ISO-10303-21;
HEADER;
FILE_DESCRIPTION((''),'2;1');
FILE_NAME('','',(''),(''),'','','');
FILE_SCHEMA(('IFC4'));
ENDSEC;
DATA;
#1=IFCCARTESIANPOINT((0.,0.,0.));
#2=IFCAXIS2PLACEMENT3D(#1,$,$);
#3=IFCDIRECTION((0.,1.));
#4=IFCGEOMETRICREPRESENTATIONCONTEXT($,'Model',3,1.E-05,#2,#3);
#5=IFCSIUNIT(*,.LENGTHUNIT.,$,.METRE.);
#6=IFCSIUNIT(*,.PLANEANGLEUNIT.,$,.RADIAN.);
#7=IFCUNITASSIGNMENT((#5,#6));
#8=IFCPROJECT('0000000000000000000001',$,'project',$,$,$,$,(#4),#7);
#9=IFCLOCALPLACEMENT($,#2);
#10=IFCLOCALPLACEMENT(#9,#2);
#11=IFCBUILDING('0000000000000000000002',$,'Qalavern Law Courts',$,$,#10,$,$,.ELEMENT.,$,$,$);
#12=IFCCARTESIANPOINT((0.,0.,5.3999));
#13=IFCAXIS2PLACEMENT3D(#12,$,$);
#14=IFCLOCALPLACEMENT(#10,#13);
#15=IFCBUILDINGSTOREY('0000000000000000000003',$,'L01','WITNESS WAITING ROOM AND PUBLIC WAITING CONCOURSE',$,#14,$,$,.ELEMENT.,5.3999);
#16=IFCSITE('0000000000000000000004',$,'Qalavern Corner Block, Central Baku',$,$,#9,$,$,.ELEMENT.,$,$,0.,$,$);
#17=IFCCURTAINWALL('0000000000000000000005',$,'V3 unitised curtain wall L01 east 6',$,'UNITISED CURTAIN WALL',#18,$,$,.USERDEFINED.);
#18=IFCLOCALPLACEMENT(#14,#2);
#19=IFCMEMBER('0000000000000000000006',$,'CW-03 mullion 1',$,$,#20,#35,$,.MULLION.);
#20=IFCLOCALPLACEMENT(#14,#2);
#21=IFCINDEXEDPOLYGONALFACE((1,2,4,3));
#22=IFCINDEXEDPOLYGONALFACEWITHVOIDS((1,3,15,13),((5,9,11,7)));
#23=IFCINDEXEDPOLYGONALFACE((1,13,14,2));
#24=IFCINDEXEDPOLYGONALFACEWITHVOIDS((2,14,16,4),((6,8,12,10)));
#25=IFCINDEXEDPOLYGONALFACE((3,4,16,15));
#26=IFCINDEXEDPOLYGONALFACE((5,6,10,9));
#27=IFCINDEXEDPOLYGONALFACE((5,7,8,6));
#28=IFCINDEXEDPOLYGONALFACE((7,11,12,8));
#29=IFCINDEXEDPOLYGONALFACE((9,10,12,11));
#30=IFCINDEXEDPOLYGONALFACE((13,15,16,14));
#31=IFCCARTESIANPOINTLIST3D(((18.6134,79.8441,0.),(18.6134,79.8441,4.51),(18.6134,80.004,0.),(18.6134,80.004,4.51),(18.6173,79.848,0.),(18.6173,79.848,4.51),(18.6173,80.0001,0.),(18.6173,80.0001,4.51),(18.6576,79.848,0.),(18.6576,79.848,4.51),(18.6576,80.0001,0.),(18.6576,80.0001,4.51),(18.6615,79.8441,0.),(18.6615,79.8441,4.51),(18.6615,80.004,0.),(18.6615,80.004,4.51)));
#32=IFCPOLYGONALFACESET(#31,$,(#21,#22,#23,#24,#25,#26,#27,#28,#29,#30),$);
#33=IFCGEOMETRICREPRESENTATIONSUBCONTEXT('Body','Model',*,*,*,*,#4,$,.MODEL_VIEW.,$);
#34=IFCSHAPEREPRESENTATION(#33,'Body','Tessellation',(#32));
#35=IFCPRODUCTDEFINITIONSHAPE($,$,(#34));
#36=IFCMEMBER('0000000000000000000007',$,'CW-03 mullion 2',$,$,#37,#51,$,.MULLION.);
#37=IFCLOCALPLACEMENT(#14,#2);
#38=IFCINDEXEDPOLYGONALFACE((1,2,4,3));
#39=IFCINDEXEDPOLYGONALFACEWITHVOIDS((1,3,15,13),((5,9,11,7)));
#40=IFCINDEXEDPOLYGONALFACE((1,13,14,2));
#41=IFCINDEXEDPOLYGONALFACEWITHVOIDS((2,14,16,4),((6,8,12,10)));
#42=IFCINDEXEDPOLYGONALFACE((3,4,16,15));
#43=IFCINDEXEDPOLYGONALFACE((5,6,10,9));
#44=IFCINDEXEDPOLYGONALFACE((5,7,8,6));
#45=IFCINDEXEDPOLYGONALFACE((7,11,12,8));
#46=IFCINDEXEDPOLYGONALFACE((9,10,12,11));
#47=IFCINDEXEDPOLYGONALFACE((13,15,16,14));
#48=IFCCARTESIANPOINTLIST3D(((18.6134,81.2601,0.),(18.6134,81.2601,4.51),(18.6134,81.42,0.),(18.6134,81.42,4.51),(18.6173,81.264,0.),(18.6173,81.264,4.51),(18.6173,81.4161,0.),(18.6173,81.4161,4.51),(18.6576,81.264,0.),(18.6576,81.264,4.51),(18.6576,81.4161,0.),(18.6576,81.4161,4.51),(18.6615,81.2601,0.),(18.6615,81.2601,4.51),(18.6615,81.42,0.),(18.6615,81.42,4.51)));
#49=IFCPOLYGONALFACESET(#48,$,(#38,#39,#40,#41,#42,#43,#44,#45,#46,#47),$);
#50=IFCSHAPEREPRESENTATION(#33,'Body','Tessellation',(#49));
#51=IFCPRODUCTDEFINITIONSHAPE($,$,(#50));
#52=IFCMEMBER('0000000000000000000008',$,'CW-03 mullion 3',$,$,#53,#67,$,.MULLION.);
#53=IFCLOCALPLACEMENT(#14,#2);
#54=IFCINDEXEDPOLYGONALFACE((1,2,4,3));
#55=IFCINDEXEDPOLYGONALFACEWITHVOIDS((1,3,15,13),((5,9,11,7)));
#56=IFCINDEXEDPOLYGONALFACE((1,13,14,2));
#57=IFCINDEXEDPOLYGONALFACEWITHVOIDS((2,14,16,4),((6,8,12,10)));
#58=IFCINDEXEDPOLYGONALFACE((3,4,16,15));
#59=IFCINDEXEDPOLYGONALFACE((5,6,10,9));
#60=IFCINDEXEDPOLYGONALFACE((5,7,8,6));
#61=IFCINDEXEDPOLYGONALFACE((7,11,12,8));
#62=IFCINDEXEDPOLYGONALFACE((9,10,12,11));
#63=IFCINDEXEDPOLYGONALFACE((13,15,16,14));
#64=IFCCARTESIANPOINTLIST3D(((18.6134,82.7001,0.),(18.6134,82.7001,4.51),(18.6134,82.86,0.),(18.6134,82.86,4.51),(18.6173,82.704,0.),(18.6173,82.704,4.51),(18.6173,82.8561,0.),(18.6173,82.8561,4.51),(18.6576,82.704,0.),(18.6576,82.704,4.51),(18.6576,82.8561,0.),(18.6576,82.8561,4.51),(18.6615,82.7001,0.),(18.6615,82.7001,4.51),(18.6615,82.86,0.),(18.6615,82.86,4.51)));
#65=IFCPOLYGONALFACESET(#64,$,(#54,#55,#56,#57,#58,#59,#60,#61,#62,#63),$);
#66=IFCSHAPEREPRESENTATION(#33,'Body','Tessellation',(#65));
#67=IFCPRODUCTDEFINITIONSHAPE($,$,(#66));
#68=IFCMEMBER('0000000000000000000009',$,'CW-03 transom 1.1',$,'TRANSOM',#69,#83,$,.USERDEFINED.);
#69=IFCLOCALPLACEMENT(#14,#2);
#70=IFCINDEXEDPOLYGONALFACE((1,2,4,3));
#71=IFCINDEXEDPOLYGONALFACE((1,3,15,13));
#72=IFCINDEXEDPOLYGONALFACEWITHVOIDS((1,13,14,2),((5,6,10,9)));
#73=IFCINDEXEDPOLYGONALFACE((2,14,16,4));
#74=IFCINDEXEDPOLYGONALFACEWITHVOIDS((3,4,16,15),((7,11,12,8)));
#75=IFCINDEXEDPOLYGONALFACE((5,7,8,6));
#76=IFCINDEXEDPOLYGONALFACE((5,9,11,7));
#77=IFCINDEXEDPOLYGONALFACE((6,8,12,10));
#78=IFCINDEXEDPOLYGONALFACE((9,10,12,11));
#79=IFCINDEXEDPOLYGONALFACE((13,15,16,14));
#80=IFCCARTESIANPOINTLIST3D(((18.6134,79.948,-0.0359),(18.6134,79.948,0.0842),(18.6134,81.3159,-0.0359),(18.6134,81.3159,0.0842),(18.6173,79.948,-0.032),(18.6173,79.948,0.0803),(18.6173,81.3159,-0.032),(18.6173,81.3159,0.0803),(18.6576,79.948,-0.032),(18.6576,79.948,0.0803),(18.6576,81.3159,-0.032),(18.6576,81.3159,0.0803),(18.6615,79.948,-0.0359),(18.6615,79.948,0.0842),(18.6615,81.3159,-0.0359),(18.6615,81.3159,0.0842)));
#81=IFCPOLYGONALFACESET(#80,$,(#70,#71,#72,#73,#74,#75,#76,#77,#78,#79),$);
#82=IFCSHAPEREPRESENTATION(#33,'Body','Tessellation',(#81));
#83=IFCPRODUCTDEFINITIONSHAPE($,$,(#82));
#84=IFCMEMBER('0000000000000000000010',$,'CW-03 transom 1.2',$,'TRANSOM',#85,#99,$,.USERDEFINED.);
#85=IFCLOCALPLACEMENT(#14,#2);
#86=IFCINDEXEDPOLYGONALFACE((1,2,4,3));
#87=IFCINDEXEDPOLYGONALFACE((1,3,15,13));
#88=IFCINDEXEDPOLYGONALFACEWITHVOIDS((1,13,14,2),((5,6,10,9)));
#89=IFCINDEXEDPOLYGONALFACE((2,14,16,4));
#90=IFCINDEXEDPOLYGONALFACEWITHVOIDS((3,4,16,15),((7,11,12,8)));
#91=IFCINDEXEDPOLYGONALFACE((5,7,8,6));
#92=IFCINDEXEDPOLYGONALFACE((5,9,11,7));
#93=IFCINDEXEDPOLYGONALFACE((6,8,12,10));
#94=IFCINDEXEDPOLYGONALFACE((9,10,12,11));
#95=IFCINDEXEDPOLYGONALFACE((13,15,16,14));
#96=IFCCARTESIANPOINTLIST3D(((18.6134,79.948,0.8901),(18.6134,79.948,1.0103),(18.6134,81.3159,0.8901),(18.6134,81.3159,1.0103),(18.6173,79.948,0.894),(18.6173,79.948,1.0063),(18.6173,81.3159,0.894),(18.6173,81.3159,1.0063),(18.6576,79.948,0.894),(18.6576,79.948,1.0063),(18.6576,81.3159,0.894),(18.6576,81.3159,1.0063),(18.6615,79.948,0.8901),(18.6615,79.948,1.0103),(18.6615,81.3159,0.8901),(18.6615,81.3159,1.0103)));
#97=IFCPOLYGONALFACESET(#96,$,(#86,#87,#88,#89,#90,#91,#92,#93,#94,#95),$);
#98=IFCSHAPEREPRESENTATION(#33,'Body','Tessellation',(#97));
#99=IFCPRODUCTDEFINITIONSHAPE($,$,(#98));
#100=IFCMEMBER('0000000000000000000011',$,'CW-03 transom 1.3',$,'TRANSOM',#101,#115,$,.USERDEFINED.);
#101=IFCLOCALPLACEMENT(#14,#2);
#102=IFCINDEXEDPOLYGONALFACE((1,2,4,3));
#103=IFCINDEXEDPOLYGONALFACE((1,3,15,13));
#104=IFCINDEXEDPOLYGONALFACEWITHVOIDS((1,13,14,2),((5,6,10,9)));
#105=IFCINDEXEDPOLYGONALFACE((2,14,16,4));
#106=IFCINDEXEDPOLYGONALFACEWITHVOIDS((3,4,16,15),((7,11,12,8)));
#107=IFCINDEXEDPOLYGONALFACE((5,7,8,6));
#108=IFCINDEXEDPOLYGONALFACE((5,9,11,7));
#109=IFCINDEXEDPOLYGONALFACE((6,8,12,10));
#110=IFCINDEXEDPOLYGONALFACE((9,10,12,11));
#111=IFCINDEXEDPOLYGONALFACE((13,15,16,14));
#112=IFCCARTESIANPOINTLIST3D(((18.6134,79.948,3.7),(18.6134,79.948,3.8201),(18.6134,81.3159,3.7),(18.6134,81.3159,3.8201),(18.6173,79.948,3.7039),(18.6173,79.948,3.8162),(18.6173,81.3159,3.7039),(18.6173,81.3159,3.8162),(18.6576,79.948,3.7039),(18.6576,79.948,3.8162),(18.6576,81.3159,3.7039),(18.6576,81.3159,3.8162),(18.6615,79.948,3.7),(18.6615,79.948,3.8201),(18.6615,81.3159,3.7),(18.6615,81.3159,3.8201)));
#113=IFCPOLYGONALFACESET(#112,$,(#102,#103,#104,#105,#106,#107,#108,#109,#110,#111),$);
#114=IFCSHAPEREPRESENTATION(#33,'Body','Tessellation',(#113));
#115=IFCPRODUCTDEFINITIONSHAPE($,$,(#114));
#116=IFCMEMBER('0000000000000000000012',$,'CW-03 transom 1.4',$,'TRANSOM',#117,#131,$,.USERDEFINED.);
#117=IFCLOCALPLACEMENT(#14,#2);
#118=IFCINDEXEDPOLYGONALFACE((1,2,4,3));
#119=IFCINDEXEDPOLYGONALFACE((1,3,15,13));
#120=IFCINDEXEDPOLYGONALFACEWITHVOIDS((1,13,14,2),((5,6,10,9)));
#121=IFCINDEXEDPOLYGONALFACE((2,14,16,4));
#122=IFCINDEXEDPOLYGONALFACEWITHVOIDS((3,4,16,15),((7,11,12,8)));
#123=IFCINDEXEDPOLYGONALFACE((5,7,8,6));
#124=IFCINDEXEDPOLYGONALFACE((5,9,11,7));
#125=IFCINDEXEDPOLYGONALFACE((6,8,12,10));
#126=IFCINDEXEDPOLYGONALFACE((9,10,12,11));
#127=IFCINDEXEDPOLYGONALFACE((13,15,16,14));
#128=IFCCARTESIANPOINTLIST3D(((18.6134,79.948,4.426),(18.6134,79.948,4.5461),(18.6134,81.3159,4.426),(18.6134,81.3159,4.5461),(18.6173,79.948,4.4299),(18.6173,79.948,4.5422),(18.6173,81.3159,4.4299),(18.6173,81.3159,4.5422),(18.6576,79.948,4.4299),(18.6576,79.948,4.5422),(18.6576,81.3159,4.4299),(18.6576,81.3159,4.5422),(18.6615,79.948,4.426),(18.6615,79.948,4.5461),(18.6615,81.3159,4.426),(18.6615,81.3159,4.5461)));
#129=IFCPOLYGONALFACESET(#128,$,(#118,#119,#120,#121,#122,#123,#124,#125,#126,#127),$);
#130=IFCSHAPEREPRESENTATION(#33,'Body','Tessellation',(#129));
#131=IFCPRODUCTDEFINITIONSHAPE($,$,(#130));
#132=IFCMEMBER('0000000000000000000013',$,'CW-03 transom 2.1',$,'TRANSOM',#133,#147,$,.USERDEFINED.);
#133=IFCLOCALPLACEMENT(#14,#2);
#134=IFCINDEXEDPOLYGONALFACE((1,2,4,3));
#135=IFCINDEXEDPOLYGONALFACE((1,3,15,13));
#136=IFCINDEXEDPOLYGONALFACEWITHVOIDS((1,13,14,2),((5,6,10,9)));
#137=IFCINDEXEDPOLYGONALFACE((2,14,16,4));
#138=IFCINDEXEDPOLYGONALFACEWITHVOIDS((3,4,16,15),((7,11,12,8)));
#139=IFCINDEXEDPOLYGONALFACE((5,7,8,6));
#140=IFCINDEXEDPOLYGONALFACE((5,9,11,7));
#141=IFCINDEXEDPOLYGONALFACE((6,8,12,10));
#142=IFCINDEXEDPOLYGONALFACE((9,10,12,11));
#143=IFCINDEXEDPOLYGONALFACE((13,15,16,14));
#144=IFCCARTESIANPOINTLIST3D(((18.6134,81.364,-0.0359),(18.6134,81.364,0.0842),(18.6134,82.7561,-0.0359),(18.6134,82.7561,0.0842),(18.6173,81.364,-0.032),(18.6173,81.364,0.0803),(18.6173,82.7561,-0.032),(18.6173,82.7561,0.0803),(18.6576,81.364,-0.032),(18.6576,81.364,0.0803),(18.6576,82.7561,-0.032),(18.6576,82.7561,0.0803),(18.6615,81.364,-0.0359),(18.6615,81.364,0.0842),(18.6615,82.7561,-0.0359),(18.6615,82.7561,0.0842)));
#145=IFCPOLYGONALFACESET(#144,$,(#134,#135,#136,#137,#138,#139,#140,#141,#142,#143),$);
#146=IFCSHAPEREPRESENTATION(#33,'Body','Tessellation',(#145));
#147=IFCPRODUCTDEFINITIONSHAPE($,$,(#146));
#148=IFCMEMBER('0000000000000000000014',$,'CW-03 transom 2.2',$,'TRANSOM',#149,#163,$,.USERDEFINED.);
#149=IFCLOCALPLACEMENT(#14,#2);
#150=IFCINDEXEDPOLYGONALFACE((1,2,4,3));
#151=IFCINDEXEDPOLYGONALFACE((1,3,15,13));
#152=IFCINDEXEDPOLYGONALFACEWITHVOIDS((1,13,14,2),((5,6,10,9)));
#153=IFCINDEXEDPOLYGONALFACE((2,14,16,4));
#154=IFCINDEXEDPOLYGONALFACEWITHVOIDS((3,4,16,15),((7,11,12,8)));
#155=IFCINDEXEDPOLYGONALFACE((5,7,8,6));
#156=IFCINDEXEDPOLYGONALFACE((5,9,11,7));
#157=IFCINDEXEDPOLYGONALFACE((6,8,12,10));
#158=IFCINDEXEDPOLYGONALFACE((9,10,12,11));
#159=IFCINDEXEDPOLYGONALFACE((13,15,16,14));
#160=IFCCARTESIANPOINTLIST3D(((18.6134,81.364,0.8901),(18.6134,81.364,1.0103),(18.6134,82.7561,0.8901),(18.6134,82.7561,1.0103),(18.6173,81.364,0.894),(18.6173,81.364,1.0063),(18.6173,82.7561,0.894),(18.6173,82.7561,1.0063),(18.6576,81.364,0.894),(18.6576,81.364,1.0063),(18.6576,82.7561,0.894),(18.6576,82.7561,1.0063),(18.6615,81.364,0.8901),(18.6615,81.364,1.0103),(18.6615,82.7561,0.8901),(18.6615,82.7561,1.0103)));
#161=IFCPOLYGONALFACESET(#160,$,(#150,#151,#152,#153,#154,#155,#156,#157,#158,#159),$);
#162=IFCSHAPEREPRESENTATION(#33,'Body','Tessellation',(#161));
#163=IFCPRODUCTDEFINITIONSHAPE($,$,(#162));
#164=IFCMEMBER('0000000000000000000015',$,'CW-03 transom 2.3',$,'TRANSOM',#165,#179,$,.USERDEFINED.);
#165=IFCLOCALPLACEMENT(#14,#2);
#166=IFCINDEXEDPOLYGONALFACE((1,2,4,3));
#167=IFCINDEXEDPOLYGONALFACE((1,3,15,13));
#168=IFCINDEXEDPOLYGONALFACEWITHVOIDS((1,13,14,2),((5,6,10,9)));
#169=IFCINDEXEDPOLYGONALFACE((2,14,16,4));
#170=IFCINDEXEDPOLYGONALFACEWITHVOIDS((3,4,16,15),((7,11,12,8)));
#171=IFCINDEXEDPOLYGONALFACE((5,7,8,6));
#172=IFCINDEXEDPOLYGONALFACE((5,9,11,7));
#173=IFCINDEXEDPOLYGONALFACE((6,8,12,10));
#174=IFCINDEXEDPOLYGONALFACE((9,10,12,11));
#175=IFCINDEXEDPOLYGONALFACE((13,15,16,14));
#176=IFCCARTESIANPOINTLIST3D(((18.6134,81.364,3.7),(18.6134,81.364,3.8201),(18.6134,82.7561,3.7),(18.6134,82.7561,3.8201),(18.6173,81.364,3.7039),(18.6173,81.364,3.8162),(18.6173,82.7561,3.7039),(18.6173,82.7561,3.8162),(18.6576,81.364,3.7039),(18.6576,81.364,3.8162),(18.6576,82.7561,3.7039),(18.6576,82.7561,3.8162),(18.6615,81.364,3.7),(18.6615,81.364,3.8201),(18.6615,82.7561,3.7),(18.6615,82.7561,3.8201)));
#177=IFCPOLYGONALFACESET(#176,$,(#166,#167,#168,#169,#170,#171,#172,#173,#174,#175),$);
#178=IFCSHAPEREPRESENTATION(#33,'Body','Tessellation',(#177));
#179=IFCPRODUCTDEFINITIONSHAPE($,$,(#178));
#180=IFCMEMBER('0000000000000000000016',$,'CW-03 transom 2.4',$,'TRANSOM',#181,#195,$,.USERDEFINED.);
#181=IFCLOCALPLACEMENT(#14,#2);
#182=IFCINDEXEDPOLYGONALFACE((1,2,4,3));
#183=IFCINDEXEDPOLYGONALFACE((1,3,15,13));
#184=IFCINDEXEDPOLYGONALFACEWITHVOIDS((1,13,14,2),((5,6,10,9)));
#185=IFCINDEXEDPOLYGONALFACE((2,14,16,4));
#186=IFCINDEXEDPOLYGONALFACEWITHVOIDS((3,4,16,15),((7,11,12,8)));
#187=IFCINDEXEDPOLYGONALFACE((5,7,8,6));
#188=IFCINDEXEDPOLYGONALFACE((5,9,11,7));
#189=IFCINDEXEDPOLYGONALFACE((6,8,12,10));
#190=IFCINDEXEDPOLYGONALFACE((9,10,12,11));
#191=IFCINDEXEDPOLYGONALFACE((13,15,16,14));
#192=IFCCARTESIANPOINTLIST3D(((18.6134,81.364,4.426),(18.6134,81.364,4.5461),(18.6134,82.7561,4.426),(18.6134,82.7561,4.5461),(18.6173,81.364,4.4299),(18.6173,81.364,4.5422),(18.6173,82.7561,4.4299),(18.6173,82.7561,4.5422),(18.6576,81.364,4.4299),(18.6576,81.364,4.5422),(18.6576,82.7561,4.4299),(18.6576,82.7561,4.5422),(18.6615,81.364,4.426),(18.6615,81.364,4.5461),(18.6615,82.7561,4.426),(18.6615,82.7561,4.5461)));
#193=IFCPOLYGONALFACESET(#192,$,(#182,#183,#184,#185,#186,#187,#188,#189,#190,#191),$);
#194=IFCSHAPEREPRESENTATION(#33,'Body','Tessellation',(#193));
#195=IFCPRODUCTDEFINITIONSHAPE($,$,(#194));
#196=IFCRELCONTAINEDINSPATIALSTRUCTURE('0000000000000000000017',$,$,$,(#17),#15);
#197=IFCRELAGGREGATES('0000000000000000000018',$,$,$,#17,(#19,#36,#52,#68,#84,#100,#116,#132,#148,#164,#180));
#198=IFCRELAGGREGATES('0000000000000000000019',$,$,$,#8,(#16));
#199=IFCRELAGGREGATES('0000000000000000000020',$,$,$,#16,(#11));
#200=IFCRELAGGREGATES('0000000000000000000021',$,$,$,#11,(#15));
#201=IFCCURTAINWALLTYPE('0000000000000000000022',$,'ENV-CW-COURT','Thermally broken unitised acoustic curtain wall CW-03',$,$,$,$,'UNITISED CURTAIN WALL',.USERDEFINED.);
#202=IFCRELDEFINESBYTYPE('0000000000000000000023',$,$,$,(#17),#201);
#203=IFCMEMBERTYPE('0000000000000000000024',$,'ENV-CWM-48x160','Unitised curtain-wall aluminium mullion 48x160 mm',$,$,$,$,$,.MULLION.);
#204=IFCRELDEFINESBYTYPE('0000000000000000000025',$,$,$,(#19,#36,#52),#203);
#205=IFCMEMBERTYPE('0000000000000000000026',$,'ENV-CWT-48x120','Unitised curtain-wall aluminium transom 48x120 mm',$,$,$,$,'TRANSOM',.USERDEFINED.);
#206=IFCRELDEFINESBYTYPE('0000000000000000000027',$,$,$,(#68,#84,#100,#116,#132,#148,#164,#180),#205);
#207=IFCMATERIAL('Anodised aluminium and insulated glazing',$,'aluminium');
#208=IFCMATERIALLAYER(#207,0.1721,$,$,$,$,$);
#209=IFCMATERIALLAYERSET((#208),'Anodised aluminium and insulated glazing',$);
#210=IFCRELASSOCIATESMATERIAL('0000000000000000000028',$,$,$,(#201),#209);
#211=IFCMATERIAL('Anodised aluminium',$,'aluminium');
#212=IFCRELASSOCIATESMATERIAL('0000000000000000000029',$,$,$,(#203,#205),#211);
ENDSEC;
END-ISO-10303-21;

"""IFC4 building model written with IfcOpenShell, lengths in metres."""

from ifc_helpers import new_model, si_unit, direction, frame, origin, origin_2d, place, context, subcontext, project, spatial, hollow_rectangle, extrude, material, layer, layer_set, material_profile, profile_set, type_object, element, aggregate, save


model = new_model("IFC4")

# Units and contexts
model_context = context("Model", 3, precision=1e-05, world=origin(), true_north=direction((0.0, 1.0)))
body_context = subcontext(model_context, "Body", "Model", "MODEL_VIEW")
ifc_project = project(units=[si_unit("LENGTHUNIT", "METRE"), si_unit("PLANEANGLEUNIT", "RADIAN")], contexts=[model_context])

# Site, building, storey
site_placement = place(None, origin())
site = spatial("IfcSite", under=ifc_project, at=site_placement, Name="Qalavern Corner Block, Central Baku", CompositionType="ELEMENT", RefElevation=0.0)
building_placement = place(site_placement, origin())
building = spatial("IfcBuilding", under=site, at=building_placement, Name="Qalavern Law Courts", CompositionType="ELEMENT")
storey_placement = place(building_placement, frame((0.0, 0.0, 5.3999)))
storey = spatial("IfcBuildingStorey", under=building, at=storey_placement, Name="L01", Description="WITNESS WAITING ROOM AND PUBLIC WAITING CONCOURSE", CompositionType="ELEMENT", Elevation=5.3999)

# Curtain wall, members
ifc_material_1 = material(Name="Anodised aluminium and insulated glazing", Category="aluminium")
ifc_layer_1 = layer(ifc_material_1, 0.1721)
ifc_layer_set_1 = layer_set([ifc_layer_1], Name="Anodised aluminium and insulated glazing")
curtain_wall_type = type_object("IfcCurtainWallType", Name="ENV-CW-COURT", Description="Thermally broken unitised acoustic curtain wall CW-03", ElementType="UNITISED CURTAIN WALL", PredefinedType="USERDEFINED", material=ifc_layer_set_1)
curtain_wall_placement = place(storey_placement, origin())
curtain_wall = element("IfcCurtainWall", 1, at=curtain_wall_placement, inside=storey, type_object=curtain_wall_type, Name="V3 unitised curtain wall L01 east 6", ObjectType="UNITISED CURTAIN WALL", PredefinedType="USERDEFINED")
ifc_material_2 = material(Name="Anodised aluminium", Category="aluminium")
ifc_material_profile_1 = material_profile(ifc_material_2, hollow_rectangle(XDim=0.0481, YDim=0.1599, WallThickness=0.0039, at=origin_2d()), Name="ALU MULLION 48x160")
ifc_profile_set_1 = profile_set([ifc_material_profile_1], Name="Anodised aluminium")
member_type_1 = type_object("IfcMemberType", Name="ENV-CWM-48x160", Description="Unitised curtain-wall aluminium mullion 48x160 mm", PredefinedType="MULLION", material=ifc_profile_set_1)
member_1_placement = place(storey_placement, frame((18.6375, 79.9241, 0.0), z_axis=(0.0, 0.0, 1.0), x_axis=(-1.0, 0.0, 0.0)))
member_1 = element("IfcMember", 2, at=member_1_placement, type_object=member_type_1, Name="CW-03 mullion 1", PredefinedType="MULLION", context=body_context, shape_type="SweptSolid", body=[
    extrude(hollow_rectangle(XDim=0.0481, YDim=0.1599, WallThickness=0.0039, at=origin_2d()), origin(), (0.0, 0.0, 1.0), 4.51),
])
member_2_placement = place(storey_placement, frame((18.6375, 81.3401, 0.0), z_axis=(0.0, 0.0, 1.0), x_axis=(-1.0, 0.0, 0.0)))
member_2 = element("IfcMember", 3, at=member_2_placement, type_object=member_type_1, Name="CW-03 mullion 2", PredefinedType="MULLION", context=body_context, shape_type="SweptSolid", body=[
    extrude(hollow_rectangle(XDim=0.0481, YDim=0.1599, WallThickness=0.0039, at=origin_2d()), origin(), (0.0, 0.0, 1.0), 4.51),
])
member_3_placement = place(storey_placement, frame((18.6375, 82.78, 0.0), z_axis=(0.0, 0.0, 1.0), x_axis=(-1.0, 0.0, 0.0)))
member_3 = element("IfcMember", 4, at=member_3_placement, type_object=member_type_1, Name="CW-03 mullion 3", PredefinedType="MULLION", context=body_context, shape_type="SweptSolid", body=[
    extrude(hollow_rectangle(XDim=0.0481, YDim=0.1599, WallThickness=0.0039, at=origin_2d()), origin(), (0.0, 0.0, 1.0), 4.51),
])
ifc_material_profile_2 = material_profile(ifc_material_2, hollow_rectangle(XDim=0.0481, YDim=0.1201, WallThickness=0.0039, at=origin_2d()), Name="ALU TRANSOM 48x120")
ifc_profile_set_2 = profile_set([ifc_material_profile_2], Name="Anodised aluminium")
member_type_2 = type_object("IfcMemberType", Name="ENV-CWT-48x120", Description="Unitised curtain-wall aluminium transom 48x120 mm", ElementType="TRANSOM", PredefinedType="USERDEFINED", material=ifc_profile_set_2)
member_4_placement = place(storey_placement, frame((18.6375, 79.948, 0.0242), z_axis=(0.0, 1.0, 0.0), x_axis=(-1.0, 0.0, 0.0)))
member_4 = element("IfcMember", 5, at=member_4_placement, type_object=member_type_2, Name="CW-03 transom 1.1", ObjectType="TRANSOM", PredefinedType="USERDEFINED", context=body_context, shape_type="SweptSolid", body=[
    extrude(hollow_rectangle(XDim=0.0481, YDim=0.1201, WallThickness=0.0039, at=origin_2d()), origin(), (0.0, 0.0, 1.0), 1.3679),
])
member_5_placement = place(storey_placement, frame((18.6375, 79.948, 0.9502), z_axis=(0.0, 1.0, 0.0), x_axis=(-1.0, 0.0, 0.0)))
member_5 = element("IfcMember", 6, at=member_5_placement, type_object=member_type_2, Name="CW-03 transom 1.2", ObjectType="TRANSOM", PredefinedType="USERDEFINED", context=body_context, shape_type="SweptSolid", body=[
    extrude(hollow_rectangle(XDim=0.0481, YDim=0.1201, WallThickness=0.0039, at=origin_2d()), origin(), (0.0, 0.0, 1.0), 1.3679),
])
member_6_placement = place(storey_placement, frame((18.6375, 79.948, 3.76), z_axis=(0.0, 1.0, 0.0), x_axis=(-1.0, 0.0, 0.0)))
member_6 = element("IfcMember", 7, at=member_6_placement, type_object=member_type_2, Name="CW-03 transom 1.3", ObjectType="TRANSOM", PredefinedType="USERDEFINED", context=body_context, shape_type="SweptSolid", body=[
    extrude(hollow_rectangle(XDim=0.0481, YDim=0.1201, WallThickness=0.0039, at=origin_2d()), origin(), (0.0, 0.0, 1.0), 1.3679),
])
member_7_placement = place(storey_placement, frame((18.6375, 79.948, 4.4861), z_axis=(0.0, 1.0, 0.0), x_axis=(-1.0, 0.0, 0.0)))
member_7 = element("IfcMember", 8, at=member_7_placement, type_object=member_type_2, Name="CW-03 transom 1.4", ObjectType="TRANSOM", PredefinedType="USERDEFINED", context=body_context, shape_type="SweptSolid", body=[
    extrude(hollow_rectangle(XDim=0.0481, YDim=0.1201, WallThickness=0.0039, at=origin_2d()), origin(), (0.0, 0.0, 1.0), 1.3679),
])
member_8_placement = place(storey_placement, frame((18.6375, 81.364, 0.0242), z_axis=(0.0, 1.0, 0.0), x_axis=(-1.0, 0.0, 0.0)))
member_8 = element("IfcMember", 9, at=member_8_placement, type_object=member_type_2, Name="CW-03 transom 2.1", ObjectType="TRANSOM", PredefinedType="USERDEFINED", context=body_context, shape_type="SweptSolid", body=[
    extrude(hollow_rectangle(XDim=0.0481, YDim=0.1201, WallThickness=0.0039, at=origin_2d()), origin(), (0.0, 0.0, 1.0), 1.3921),
])
member_9_placement = place(storey_placement, frame((18.6375, 81.364, 0.9502), z_axis=(0.0, 1.0, 0.0), x_axis=(-1.0, 0.0, 0.0)))
member_9 = element("IfcMember", 10, at=member_9_placement, type_object=member_type_2, Name="CW-03 transom 2.2", ObjectType="TRANSOM", PredefinedType="USERDEFINED", context=body_context, shape_type="SweptSolid", body=[
    extrude(hollow_rectangle(XDim=0.0481, YDim=0.1201, WallThickness=0.0039, at=origin_2d()), origin(), (0.0, 0.0, 1.0), 1.3921),
])
member_10_placement = place(storey_placement, frame((18.6375, 81.364, 3.76), z_axis=(0.0, 1.0, 0.0), x_axis=(-1.0, 0.0, 0.0)))
member_10 = element("IfcMember", 11, at=member_10_placement, type_object=member_type_2, Name="CW-03 transom 2.3", ObjectType="TRANSOM", PredefinedType="USERDEFINED", context=body_context, shape_type="SweptSolid", body=[
    extrude(hollow_rectangle(XDim=0.0481, YDim=0.1201, WallThickness=0.0039, at=origin_2d()), origin(), (0.0, 0.0, 1.0), 1.3921),
])
member_11_placement = place(storey_placement, frame((18.6375, 81.364, 4.4861), z_axis=(0.0, 1.0, 0.0), x_axis=(-1.0, 0.0, 0.0)))
member_11 = element("IfcMember", 12, at=member_11_placement, type_object=member_type_2, Name="CW-03 transom 2.4", ObjectType="TRANSOM", PredefinedType="USERDEFINED", context=body_context, shape_type="SweptSolid", body=[
    extrude(hollow_rectangle(XDim=0.0481, YDim=0.1201, WallThickness=0.0039, at=origin_2d()), origin(), (0.0, 0.0, 1.0), 1.3921),
])
aggregate(curtain_wall, [member_1, member_2, member_3, member_4, member_5, member_6, member_7, member_8, member_9, member_10, member_11])

save(model, "model.ifc")
